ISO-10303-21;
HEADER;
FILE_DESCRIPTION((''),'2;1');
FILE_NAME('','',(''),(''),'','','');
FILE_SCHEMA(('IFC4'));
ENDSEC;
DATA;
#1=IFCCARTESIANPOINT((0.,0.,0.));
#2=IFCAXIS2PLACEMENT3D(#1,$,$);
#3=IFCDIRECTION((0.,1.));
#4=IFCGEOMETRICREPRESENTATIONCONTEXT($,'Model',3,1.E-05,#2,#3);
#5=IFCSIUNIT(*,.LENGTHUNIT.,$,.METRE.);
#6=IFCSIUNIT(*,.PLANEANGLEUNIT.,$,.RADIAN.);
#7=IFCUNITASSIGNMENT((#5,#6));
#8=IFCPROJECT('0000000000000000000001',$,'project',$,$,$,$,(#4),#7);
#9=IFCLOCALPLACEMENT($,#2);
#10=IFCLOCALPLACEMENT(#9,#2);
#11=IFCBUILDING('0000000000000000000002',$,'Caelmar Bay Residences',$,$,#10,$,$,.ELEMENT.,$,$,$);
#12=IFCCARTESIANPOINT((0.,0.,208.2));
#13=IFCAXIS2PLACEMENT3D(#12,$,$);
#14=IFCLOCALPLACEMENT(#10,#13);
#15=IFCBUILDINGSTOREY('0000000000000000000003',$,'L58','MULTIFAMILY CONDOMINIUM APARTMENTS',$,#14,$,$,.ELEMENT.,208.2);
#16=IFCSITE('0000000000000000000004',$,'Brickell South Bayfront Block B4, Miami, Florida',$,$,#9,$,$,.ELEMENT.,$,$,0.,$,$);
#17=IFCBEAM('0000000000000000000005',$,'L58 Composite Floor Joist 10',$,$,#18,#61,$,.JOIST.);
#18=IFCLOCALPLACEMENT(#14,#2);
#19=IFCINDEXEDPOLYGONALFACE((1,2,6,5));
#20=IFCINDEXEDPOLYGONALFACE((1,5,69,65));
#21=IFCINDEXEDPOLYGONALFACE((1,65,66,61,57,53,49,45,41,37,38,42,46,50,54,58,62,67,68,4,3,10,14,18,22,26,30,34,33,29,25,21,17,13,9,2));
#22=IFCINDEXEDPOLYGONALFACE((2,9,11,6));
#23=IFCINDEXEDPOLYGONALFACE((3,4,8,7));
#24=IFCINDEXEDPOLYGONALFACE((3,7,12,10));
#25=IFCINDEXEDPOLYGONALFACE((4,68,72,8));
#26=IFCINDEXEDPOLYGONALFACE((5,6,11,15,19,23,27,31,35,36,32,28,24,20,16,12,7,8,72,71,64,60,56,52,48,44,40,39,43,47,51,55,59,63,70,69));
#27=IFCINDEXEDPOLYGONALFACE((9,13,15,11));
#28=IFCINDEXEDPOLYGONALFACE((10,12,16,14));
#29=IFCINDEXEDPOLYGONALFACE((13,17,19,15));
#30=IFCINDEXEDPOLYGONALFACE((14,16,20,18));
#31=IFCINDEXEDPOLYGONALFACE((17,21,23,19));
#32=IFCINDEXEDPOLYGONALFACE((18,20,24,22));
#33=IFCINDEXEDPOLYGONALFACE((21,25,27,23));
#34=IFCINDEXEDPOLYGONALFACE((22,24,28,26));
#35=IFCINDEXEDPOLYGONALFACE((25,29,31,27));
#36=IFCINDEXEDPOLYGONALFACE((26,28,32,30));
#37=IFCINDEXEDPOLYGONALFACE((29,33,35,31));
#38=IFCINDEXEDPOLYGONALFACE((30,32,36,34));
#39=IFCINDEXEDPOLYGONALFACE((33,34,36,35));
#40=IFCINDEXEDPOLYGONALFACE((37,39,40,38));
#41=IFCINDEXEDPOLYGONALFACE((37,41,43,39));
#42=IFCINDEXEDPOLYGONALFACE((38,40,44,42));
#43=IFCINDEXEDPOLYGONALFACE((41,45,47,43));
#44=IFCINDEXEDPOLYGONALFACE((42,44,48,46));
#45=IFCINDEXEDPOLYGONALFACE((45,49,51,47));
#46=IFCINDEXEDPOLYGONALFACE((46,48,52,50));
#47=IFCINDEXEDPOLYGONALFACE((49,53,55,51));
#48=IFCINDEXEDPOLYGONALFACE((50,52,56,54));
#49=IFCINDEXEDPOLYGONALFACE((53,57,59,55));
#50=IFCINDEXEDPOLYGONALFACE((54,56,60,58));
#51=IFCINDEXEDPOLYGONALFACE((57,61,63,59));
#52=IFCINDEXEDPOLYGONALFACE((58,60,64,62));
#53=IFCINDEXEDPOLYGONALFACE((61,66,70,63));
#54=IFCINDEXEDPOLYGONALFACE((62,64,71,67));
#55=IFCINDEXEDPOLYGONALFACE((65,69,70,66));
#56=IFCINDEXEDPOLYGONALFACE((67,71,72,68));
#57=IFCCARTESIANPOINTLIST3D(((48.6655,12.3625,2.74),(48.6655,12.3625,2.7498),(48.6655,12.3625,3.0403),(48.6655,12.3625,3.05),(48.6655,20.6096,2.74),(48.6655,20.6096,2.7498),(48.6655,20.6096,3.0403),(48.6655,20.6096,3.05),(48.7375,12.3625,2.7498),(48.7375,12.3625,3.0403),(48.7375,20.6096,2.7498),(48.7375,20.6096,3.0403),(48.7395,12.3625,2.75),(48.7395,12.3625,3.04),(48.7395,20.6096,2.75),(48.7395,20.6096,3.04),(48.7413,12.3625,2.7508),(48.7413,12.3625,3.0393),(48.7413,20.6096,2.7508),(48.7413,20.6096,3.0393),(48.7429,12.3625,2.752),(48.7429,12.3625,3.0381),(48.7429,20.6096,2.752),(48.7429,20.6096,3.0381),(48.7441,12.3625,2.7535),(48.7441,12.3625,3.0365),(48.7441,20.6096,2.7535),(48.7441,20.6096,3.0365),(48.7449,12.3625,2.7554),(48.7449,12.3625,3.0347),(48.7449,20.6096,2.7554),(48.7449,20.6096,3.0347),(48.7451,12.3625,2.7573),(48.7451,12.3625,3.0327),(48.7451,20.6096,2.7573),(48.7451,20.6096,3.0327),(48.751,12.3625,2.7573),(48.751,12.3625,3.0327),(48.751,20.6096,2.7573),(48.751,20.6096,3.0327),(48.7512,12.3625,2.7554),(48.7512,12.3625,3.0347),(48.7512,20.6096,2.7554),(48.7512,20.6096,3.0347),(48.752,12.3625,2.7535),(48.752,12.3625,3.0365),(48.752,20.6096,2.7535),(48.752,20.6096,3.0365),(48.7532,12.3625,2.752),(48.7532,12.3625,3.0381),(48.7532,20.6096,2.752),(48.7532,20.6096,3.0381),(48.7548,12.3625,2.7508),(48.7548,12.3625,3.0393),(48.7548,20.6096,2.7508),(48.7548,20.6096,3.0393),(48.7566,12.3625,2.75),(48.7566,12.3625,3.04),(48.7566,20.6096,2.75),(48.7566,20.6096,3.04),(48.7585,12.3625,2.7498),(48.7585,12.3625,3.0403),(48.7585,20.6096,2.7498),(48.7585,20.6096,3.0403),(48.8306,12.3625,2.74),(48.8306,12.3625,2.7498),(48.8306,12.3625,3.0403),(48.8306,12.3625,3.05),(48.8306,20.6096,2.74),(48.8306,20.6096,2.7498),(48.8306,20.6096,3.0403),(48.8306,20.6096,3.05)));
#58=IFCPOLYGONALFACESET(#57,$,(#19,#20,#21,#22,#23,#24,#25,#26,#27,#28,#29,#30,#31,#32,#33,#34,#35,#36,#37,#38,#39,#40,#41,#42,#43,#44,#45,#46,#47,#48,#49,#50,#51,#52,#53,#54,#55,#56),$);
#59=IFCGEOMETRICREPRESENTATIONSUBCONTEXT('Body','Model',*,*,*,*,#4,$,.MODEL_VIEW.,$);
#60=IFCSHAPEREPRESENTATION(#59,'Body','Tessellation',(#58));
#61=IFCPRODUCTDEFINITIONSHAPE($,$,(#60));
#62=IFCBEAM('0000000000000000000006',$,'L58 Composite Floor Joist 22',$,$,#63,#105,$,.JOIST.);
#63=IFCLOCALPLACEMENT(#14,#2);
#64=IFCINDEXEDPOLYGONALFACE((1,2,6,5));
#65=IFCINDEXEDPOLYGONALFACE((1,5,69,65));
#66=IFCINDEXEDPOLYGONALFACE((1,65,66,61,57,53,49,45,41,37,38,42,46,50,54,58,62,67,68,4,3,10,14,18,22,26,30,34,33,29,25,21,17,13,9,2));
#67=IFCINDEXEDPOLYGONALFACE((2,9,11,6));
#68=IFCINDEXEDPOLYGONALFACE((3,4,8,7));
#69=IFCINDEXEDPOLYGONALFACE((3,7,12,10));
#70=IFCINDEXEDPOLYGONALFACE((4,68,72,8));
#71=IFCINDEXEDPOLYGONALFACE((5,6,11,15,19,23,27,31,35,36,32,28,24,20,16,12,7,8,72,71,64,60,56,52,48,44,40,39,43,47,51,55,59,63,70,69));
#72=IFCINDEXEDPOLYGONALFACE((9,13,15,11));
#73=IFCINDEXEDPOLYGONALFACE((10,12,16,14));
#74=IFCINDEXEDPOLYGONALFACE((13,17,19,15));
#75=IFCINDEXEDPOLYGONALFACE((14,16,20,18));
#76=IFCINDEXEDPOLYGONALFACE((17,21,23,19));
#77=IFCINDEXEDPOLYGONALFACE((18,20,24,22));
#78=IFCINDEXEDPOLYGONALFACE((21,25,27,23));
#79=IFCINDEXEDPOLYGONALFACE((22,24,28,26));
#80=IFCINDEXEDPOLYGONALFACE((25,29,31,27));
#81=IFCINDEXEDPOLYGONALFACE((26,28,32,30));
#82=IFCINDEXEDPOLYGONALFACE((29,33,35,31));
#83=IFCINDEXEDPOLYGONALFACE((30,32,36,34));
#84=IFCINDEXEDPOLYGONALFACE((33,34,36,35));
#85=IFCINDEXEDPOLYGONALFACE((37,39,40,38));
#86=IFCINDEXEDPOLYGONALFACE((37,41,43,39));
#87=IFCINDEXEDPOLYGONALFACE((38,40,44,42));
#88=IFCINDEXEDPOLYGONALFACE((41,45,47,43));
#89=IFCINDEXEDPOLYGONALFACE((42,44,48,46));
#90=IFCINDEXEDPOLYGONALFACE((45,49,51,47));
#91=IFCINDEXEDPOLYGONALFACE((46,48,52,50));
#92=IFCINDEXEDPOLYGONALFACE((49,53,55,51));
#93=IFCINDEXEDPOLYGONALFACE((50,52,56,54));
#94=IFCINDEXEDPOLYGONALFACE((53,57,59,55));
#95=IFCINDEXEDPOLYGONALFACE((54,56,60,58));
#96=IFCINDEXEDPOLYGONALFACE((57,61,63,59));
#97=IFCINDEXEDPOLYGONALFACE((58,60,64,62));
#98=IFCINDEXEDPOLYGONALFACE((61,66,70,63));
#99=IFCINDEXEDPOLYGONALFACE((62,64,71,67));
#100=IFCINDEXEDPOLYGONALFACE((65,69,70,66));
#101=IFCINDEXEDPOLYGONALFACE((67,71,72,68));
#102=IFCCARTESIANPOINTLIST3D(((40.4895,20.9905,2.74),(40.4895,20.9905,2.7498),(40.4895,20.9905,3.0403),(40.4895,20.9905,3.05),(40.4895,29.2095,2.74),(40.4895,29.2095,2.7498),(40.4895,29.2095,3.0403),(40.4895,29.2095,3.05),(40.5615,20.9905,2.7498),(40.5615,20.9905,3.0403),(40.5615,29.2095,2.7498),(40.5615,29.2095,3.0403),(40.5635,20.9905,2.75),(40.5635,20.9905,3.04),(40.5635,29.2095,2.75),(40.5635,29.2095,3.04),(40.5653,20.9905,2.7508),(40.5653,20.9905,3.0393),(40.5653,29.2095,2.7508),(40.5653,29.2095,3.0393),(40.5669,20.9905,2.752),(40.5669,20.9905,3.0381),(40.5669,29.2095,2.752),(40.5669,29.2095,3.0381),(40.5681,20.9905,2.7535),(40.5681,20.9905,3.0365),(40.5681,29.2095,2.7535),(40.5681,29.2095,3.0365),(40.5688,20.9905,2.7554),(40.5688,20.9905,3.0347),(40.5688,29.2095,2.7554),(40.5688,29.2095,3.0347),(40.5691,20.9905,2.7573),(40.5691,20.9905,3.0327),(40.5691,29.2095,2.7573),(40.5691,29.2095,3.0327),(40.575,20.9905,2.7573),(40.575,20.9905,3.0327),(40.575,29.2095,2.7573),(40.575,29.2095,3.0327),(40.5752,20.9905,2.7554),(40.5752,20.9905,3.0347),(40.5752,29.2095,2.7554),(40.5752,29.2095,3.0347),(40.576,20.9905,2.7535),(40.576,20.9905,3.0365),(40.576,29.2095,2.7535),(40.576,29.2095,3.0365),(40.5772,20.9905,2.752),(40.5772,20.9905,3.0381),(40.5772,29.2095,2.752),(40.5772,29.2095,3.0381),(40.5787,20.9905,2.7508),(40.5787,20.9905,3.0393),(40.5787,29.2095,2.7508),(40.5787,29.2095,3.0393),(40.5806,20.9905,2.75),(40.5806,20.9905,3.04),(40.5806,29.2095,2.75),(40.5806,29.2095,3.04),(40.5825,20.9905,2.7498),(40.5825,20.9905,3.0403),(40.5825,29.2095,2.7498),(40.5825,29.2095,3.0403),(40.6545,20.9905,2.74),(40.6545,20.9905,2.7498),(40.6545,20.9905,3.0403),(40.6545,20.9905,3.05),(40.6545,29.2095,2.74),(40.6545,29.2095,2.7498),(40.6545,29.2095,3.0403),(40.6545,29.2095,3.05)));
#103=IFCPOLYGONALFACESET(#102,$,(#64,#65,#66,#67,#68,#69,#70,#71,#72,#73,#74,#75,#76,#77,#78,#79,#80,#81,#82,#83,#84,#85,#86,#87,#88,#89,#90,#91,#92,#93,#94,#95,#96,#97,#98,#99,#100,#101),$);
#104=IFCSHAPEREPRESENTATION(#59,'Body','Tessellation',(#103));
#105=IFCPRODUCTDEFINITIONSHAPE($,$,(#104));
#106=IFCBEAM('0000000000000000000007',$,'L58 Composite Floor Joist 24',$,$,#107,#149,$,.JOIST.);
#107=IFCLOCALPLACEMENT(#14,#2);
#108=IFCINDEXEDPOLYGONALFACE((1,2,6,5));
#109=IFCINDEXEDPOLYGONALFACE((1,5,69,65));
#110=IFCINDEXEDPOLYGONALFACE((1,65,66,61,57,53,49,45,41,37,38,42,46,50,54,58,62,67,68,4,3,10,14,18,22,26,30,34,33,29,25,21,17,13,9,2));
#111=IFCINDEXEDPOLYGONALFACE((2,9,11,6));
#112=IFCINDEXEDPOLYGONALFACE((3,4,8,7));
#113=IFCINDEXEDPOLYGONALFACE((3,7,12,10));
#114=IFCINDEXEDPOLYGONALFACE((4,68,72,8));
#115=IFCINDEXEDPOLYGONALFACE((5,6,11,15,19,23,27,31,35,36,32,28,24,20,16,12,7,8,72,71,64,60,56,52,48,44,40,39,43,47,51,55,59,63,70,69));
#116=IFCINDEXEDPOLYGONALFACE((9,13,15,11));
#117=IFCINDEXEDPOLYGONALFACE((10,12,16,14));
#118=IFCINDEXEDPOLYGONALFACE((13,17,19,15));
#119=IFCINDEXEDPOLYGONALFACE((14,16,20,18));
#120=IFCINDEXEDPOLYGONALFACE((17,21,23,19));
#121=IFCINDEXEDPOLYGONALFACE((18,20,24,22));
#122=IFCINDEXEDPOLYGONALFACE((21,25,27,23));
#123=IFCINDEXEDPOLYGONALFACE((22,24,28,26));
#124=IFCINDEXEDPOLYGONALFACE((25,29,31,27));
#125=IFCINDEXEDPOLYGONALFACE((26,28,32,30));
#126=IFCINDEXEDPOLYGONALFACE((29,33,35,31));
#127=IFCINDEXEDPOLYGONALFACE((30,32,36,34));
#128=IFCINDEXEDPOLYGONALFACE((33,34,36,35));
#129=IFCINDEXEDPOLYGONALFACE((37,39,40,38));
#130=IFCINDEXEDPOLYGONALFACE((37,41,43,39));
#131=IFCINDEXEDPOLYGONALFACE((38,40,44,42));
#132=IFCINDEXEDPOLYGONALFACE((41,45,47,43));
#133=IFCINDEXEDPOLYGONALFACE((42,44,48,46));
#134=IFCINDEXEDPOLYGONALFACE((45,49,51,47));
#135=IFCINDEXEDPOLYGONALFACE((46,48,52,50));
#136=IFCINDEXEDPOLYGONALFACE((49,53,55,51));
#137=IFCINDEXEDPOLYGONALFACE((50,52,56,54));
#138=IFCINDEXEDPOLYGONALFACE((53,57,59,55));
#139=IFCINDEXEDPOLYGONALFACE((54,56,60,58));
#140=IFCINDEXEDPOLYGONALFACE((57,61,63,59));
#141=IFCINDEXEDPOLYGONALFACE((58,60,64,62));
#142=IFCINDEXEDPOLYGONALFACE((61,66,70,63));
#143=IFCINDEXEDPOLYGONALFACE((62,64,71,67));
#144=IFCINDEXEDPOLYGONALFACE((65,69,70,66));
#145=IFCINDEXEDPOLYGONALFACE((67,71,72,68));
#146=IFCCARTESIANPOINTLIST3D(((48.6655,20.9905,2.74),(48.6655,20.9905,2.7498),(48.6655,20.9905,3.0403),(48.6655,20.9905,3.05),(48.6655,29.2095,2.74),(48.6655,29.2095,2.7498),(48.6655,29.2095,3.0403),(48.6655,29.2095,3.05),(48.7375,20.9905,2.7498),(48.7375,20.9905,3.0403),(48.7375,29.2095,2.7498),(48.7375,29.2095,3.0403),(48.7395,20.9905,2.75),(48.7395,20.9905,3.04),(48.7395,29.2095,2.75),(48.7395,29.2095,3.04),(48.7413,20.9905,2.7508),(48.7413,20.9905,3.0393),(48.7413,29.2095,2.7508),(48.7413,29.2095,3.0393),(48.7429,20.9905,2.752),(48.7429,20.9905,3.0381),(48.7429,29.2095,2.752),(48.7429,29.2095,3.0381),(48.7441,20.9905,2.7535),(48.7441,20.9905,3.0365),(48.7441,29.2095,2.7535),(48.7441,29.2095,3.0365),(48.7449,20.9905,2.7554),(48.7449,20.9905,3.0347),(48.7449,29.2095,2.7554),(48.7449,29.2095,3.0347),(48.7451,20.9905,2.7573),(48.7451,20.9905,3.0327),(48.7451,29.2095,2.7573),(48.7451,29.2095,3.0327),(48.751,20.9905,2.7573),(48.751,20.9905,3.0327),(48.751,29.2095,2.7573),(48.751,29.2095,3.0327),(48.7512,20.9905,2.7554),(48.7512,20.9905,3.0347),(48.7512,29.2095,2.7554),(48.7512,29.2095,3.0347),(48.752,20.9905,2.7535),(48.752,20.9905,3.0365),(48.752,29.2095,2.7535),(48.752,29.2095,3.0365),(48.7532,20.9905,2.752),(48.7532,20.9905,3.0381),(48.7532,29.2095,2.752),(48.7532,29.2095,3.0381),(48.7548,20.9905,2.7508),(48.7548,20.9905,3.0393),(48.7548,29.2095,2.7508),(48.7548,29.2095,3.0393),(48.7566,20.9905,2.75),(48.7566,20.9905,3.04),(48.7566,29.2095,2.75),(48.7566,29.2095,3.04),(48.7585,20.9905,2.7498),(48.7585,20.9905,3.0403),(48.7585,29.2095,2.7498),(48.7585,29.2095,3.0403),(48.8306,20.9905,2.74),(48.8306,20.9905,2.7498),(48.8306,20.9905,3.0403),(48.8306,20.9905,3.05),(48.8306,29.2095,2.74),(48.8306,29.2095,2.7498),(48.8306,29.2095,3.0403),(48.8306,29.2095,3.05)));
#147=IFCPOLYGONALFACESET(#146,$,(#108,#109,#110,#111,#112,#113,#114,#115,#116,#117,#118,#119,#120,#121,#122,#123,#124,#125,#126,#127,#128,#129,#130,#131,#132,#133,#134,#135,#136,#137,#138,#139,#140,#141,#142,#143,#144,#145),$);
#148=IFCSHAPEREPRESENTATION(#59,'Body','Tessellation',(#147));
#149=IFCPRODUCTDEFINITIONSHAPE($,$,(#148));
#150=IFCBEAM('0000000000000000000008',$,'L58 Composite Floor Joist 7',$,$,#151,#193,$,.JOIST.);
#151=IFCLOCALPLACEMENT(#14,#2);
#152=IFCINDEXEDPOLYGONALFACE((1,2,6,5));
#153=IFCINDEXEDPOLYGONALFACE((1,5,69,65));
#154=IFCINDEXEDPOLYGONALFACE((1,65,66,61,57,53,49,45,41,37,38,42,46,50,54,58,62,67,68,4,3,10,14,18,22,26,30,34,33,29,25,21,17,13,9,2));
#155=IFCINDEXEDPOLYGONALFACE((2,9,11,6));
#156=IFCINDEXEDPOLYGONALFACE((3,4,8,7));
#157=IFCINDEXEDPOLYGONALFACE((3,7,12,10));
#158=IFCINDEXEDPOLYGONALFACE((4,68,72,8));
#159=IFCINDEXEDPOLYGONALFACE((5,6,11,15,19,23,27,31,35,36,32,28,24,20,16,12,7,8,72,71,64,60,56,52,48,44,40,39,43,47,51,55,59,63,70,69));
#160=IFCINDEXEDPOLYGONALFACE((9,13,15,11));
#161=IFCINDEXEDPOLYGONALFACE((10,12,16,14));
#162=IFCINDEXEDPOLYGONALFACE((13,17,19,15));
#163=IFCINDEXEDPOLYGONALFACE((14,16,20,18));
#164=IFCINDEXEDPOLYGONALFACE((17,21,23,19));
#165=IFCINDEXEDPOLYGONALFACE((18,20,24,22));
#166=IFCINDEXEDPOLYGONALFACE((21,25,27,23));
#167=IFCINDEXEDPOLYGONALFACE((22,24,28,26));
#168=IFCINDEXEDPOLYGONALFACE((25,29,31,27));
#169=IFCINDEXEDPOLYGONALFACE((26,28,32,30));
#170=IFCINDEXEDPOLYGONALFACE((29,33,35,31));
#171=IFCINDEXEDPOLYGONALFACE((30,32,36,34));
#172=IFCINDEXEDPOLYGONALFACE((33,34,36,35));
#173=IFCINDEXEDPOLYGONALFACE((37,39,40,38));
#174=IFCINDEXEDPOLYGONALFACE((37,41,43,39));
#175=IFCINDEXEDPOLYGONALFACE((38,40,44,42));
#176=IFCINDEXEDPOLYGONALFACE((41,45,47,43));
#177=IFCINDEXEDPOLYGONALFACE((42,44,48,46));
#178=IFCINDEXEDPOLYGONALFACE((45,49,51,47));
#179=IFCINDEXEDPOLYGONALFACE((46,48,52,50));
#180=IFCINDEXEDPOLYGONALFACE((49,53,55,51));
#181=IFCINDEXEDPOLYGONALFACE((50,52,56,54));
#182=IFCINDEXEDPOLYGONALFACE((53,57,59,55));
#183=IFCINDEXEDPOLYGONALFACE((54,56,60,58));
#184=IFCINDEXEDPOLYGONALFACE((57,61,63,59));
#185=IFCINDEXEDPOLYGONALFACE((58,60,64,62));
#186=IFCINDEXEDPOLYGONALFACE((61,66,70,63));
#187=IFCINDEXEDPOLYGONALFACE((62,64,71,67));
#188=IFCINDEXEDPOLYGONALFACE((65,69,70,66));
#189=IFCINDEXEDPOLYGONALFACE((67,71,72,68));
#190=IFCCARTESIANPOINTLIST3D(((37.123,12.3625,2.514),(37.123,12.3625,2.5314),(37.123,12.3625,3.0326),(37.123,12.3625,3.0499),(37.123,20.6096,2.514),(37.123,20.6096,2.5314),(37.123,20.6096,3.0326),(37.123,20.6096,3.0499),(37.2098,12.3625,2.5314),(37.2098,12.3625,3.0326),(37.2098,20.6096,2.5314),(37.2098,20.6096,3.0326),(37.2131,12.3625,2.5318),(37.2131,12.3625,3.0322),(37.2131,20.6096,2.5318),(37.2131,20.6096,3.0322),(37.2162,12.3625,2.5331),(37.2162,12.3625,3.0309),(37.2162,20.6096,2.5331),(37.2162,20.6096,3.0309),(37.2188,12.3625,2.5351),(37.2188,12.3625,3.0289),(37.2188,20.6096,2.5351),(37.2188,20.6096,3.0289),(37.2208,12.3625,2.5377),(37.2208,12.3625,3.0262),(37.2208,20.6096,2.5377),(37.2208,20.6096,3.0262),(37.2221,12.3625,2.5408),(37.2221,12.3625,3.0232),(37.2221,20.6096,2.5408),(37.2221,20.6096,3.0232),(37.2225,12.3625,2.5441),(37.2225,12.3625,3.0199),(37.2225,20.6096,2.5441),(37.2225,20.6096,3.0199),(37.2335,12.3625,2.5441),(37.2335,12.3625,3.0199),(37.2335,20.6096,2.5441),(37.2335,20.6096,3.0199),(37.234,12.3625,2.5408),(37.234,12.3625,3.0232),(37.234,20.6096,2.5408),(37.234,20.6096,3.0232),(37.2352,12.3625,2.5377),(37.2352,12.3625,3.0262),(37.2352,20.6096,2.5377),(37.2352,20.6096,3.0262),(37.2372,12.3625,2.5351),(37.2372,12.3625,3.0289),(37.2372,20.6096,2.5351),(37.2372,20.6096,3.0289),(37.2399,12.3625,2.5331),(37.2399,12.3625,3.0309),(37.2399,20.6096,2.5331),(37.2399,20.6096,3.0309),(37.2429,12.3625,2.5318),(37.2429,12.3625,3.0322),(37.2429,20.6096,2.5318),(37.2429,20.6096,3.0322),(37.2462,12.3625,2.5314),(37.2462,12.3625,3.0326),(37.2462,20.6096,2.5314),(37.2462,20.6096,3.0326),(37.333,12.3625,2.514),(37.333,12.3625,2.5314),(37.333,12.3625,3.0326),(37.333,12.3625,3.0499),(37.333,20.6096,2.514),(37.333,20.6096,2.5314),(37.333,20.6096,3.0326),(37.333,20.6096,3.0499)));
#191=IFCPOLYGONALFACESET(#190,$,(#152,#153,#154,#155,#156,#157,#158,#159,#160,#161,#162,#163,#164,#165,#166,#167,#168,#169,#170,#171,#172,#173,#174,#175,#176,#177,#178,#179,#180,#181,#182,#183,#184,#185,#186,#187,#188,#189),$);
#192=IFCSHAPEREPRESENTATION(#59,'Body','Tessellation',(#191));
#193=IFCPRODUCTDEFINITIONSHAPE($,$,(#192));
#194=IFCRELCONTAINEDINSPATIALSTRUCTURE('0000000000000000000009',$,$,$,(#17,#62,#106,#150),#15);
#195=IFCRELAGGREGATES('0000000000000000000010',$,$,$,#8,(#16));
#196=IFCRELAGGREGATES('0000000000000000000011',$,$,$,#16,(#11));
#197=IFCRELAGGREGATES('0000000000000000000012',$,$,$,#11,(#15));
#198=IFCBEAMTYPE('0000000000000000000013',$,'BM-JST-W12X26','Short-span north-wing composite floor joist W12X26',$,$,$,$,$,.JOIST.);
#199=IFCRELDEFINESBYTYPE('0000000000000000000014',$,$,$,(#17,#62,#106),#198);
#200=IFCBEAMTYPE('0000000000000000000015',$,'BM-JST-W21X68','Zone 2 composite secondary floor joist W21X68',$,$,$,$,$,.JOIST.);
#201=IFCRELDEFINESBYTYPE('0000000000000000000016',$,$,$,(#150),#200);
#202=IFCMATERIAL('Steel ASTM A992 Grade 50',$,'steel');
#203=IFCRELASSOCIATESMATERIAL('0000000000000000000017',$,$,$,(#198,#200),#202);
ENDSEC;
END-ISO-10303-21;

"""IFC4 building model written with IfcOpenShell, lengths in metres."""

from ifc_helpers import new_model, si_unit, direction, frame, origin, origin_2d, place, context, subcontext, project, spatial, i_section, extrude, material, material_profile, profile_set, type_object, element, save


model = new_model("IFC4")

# Units and contexts
model_context = context("Model", 3, precision=1e-05, world=origin(), true_north=direction((0.0, 1.0)))
body_context = subcontext(model_context, "Body", "Model", "MODEL_VIEW")
ifc_project = project(units=[si_unit("LENGTHUNIT", "METRE"), si_unit("PLANEANGLEUNIT", "RADIAN")], contexts=[model_context])

# Site, building, storey
site_placement = place(None, origin())
site = spatial("IfcSite", under=ifc_project, at=site_placement, Name="Brickell South Bayfront Block B4, Miami, Florida", CompositionType="ELEMENT", RefElevation=0.0)
building_placement = place(site_placement, origin())
building = spatial("IfcBuilding", under=site, at=building_placement, Name="Caelmar Bay Residences", CompositionType="ELEMENT")
storey_placement = place(building_placement, frame((0.0, 0.0, 208.2)))
storey = spatial("IfcBuildingStorey", under=building, at=storey_placement, Name="L58", Description="MULTIFAMILY CONDOMINIUM APARTMENTS", CompositionType="ELEMENT", Elevation=208.2)

# Beams
ifc_material_1 = material(Name="Steel ASTM A992 Grade 50", Category="steel")
ifc_material_profile_1 = material_profile(ifc_material_1, i_section(OverallWidth=0.165, OverallDepth=0.3101, WebThickness=0.0059, FlangeThickness=0.0098, FilletRadius=0.0076, at=origin_2d()), Name="W12X26")
ifc_profile_set_1 = profile_set([ifc_material_profile_1], Name="Steel ASTM A992 Grade 50")
beam_type_1 = type_object("IfcBeamType", Name="BM-JST-W12X26", Description="Short-span north-wing composite floor joist W12X26", PredefinedType="JOIST", material=ifc_profile_set_1)
for number, where, z_axis, x_axis, name in (
    (1, (48.748, 12.3625, 2.895), (0.0, 1.0, 0.0), (-1.0, 0.0, 0.0), "L58 Composite Floor Joist 10"),
):
    element("IfcBeam", number, at=place(storey_placement, frame(where, z_axis=z_axis, x_axis=x_axis)), inside=storey, type_object=beam_type_1, Name=name, PredefinedType="JOIST", context=body_context, shape_type="SweptSolid", body=[
        extrude(i_section(OverallWidth=0.165, OverallDepth=0.3101, WebThickness=0.0059, FlangeThickness=0.0098, FilletRadius=0.0076, at=origin_2d()), origin(), (0.0, 0.0, 1.0), 8.2471),
    ])
for number, where, z_axis, x_axis, name in (
    (2, (40.572, 20.9905, 2.895), (0.0, 1.0, 0.0), (-1.0, 0.0, 0.0), "L58 Composite Floor Joist 22"),
    (3, (48.748, 20.9905, 2.895), (0.0, 1.0, 0.0), (-1.0, 0.0, 0.0), "L58 Composite Floor Joist 24"),
):
    element("IfcBeam", number, at=place(storey_placement, frame(where, z_axis=z_axis, x_axis=x_axis)), inside=storey, type_object=beam_type_1, Name=name, PredefinedType="JOIST", context=body_context, shape_type="SweptSolid", body=[
        extrude(i_section(OverallWidth=0.165, OverallDepth=0.3101, WebThickness=0.0059, FlangeThickness=0.0098, FilletRadius=0.0076, at=origin_2d()), origin(), (0.0, 0.0, 1.0), 8.219),
    ])
ifc_material_profile_2 = material_profile(ifc_material_1, i_section(OverallWidth=0.21, OverallDepth=0.5359, WebThickness=0.011, FlangeThickness=0.0173, FilletRadius=0.0127, at=origin_2d()), Name="W21X68")
ifc_profile_set_2 = profile_set([ifc_material_profile_2], Name="Steel ASTM A992 Grade 50")
beam_type_2 = type_object("IfcBeamType", Name="BM-JST-W21X68", Description="Zone 2 composite secondary floor joist W21X68", PredefinedType="JOIST", material=ifc_profile_set_2)
for number, where, z_axis, x_axis, name in (
    (4, (37.228, 12.3625, 2.782), (0.0, 1.0, 0.0), (-1.0, 0.0, 0.0), "L58 Composite Floor Joist 7"),
):
    element("IfcBeam", number, at=place(storey_placement, frame(where, z_axis=z_axis, x_axis=x_axis)), inside=storey, type_object=beam_type_2, Name=name, PredefinedType="JOIST", context=body_context, shape_type="SweptSolid", body=[
        extrude(i_section(OverallWidth=0.21, OverallDepth=0.5359, WebThickness=0.011, FlangeThickness=0.0173, FilletRadius=0.0127, at=origin_2d()), origin(), (0.0, 0.0, 1.0), 8.2471),
    ])

save(model, "model.ifc")
